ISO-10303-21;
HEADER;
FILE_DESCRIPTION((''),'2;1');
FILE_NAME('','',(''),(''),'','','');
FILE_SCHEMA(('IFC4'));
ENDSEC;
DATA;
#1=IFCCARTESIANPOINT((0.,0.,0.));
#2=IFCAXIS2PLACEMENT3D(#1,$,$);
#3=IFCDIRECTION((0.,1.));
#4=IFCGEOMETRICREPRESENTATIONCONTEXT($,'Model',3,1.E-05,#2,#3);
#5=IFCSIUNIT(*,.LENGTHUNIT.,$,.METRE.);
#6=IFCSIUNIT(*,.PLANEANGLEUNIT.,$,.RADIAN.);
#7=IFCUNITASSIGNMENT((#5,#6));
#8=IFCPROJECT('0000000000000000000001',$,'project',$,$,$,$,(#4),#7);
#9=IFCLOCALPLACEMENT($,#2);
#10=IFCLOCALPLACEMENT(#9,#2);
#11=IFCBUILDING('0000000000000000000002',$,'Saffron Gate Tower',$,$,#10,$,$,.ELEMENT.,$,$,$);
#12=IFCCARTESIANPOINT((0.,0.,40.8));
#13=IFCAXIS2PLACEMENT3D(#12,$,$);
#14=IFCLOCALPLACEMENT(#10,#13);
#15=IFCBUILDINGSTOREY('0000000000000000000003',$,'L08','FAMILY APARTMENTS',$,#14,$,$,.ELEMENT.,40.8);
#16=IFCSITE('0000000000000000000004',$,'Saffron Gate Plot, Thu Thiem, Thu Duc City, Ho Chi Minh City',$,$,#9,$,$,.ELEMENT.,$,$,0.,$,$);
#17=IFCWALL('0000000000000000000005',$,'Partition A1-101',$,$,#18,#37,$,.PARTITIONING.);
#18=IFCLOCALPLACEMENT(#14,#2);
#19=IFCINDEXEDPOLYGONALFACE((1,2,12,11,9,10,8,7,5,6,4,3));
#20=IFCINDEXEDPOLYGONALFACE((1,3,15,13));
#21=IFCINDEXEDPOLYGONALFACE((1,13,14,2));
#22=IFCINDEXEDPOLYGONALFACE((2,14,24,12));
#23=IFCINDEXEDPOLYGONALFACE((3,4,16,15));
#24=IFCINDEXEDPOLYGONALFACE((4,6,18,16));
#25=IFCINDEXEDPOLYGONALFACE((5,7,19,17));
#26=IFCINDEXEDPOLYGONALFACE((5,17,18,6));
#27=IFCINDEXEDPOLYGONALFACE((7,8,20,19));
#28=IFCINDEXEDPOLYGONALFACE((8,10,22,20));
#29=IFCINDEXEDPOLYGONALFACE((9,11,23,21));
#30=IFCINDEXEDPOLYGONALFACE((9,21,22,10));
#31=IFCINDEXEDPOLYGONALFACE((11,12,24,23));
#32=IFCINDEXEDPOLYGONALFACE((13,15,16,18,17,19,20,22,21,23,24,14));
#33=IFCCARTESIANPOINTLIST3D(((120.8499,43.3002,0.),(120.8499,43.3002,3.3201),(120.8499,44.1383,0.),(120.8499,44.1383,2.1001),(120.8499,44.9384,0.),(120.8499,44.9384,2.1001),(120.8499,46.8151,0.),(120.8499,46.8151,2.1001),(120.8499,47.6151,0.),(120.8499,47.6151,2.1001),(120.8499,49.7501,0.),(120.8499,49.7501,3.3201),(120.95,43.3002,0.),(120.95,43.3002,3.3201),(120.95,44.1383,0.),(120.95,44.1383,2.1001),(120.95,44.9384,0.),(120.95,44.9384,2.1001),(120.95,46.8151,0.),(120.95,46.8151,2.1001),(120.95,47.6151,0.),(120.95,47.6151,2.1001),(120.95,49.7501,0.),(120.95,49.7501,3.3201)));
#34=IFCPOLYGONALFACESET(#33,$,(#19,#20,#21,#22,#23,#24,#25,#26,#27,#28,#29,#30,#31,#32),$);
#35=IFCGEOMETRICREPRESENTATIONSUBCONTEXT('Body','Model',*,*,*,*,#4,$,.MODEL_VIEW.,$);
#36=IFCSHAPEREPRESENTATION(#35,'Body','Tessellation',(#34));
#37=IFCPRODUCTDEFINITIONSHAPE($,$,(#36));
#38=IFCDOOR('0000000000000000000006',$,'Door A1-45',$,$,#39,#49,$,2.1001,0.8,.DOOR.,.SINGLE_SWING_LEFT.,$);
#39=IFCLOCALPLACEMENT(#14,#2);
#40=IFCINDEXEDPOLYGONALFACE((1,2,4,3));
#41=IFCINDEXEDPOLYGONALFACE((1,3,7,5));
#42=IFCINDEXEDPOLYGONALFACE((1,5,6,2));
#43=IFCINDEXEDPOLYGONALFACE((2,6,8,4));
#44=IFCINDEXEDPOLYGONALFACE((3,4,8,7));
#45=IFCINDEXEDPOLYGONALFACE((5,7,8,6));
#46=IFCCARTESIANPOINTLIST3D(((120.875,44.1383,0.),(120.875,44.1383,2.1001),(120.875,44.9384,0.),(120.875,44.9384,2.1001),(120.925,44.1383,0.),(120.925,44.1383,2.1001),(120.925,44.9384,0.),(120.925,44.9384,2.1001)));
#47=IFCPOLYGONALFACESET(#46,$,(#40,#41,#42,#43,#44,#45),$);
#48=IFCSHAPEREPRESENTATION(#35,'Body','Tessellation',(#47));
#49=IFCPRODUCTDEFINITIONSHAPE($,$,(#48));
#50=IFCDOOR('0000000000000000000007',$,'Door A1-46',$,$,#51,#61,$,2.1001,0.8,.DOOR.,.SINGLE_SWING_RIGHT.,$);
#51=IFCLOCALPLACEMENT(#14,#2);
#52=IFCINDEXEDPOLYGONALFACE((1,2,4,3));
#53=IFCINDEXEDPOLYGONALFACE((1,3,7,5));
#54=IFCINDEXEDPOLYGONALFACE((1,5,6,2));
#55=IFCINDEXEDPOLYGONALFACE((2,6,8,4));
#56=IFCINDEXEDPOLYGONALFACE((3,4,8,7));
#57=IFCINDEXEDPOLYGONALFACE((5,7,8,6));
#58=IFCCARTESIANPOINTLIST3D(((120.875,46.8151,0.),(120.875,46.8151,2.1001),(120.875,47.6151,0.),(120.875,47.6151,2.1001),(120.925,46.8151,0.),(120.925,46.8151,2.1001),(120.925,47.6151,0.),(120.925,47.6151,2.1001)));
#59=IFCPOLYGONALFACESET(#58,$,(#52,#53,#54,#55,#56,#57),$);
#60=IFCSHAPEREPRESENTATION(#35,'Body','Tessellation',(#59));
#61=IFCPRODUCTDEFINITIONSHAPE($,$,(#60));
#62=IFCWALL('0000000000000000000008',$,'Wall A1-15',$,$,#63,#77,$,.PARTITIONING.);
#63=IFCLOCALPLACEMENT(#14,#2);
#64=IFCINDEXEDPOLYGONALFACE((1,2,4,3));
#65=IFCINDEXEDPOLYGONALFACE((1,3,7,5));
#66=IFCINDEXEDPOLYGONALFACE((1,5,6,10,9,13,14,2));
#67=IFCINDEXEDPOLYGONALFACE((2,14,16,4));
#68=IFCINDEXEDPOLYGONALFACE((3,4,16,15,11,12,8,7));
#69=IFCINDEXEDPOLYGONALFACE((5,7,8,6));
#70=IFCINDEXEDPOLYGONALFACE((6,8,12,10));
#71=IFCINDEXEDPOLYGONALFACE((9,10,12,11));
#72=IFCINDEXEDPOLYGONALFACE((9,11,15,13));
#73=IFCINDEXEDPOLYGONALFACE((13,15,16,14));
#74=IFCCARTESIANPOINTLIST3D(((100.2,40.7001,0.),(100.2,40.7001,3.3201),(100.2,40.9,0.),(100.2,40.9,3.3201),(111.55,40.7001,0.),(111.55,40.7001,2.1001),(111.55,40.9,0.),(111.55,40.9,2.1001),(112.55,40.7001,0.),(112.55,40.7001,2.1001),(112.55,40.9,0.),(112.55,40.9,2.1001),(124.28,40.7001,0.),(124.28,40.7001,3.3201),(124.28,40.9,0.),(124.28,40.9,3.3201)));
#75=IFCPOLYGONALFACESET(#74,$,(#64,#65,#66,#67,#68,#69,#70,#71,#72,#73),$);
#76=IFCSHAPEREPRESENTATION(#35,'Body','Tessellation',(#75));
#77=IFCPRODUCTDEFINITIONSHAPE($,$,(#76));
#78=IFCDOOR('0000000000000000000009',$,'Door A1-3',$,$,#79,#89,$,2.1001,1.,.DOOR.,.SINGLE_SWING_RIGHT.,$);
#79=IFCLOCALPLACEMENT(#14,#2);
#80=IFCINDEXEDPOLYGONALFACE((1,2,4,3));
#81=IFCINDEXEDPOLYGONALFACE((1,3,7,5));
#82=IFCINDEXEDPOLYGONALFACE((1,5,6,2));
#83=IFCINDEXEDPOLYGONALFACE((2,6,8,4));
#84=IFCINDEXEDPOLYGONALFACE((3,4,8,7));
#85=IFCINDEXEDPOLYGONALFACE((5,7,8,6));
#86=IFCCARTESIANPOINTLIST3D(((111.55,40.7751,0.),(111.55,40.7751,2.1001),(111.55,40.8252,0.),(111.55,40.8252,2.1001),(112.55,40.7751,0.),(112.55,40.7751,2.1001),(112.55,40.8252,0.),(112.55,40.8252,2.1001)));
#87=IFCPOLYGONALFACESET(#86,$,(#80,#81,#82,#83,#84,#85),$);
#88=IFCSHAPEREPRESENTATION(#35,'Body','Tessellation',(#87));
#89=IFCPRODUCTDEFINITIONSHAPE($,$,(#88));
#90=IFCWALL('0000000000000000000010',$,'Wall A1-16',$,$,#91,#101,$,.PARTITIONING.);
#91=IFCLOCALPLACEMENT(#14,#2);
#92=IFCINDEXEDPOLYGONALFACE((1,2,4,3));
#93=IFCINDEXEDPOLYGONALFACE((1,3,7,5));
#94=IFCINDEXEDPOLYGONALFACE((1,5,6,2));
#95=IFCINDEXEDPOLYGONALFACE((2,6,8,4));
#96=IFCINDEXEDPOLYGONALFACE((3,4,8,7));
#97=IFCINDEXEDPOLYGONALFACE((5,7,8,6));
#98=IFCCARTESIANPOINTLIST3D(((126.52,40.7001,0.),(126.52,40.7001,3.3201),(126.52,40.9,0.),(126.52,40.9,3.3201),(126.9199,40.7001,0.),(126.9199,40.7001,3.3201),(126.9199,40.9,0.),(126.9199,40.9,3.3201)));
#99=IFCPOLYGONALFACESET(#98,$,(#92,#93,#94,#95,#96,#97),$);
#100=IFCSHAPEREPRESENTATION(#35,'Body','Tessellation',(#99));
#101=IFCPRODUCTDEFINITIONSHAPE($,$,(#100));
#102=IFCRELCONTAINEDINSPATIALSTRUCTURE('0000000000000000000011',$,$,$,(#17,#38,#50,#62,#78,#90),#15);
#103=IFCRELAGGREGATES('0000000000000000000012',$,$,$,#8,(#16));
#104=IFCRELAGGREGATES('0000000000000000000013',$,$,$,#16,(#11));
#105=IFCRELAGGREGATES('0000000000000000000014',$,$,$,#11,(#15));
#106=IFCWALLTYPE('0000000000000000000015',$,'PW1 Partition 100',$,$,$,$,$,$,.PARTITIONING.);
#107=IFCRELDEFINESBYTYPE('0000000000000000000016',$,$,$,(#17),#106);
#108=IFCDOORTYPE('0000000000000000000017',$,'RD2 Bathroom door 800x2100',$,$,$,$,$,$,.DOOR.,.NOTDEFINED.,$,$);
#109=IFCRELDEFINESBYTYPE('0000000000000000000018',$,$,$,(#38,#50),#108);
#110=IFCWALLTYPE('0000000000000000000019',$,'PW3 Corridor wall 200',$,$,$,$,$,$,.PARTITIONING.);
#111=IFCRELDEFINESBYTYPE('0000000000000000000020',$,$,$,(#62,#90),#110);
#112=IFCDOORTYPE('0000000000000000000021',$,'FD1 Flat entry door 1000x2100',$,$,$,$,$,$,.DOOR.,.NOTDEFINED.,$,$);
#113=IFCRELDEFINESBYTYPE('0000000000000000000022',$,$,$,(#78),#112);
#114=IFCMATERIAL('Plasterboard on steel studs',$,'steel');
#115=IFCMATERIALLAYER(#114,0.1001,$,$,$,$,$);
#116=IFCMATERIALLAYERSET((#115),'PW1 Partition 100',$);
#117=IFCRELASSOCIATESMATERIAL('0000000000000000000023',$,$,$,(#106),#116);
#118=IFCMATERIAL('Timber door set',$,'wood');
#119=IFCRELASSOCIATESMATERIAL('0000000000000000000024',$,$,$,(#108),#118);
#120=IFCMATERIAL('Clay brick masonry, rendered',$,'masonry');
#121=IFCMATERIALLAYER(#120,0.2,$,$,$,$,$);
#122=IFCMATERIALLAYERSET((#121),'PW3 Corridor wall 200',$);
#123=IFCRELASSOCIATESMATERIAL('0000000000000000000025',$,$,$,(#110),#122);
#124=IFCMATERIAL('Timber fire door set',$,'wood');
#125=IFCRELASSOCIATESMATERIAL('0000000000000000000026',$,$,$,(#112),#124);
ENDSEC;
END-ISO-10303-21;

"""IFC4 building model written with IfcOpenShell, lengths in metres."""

from ifc_helpers import new_model, si_unit, direction, frame, frame_2d, origin, place, context, subcontext, project, spatial, rectangle, extrude, material, layer, layer_set, type_object, element, fill, save


model = new_model("IFC4")

# Units and contexts
model_context = context("Model", 3, precision=1e-05, world=origin(), true_north=direction((0.0, 1.0)))
body_context = subcontext(model_context, "Body", "Model", "MODEL_VIEW")
ifc_project = project(units=[si_unit("LENGTHUNIT", "METRE"), si_unit("PLANEANGLEUNIT", "RADIAN")], contexts=[model_context])

# Site, building, storey
site_placement = place(None, origin())
site = spatial("IfcSite", under=ifc_project, at=site_placement, Name="Saffron Gate Plot, Thu Thiem, Thu Duc City, Ho Chi Minh City", CompositionType="ELEMENT", RefElevation=0.0)
building_placement = place(site_placement, origin())
building = spatial("IfcBuilding", under=site, at=building_placement, Name="Saffron Gate Tower", CompositionType="ELEMENT")
storey_placement = place(building_placement, frame((0.0, 0.0, 40.8)))
storey = spatial("IfcBuildingStorey", under=building, at=storey_placement, Name="L08", Description="FAMILY APARTMENTS", CompositionType="ELEMENT", Elevation=40.8)

# Shared definitions
ifc_material_1 = material(Name="Plasterboard on steel studs", Category="steel")
ifc_layer_1 = layer(ifc_material_1, 0.1001)
ifc_layer_set_1 = layer_set([ifc_layer_1], Name="PW1 Partition 100")
wall_type_1 = type_object("IfcWallType", Name="PW1 Partition 100", PredefinedType="PARTITIONING", material=ifc_layer_set_1)
ifc_material_2 = material(Name="Timber door set", Category="wood")

# Wall, openings, doors
wall_1_placement = place(storey_placement, frame((120.8999, 43.3, 0.0), z_axis=(0.0, 0.0, 1.0), x_axis=(0.0, 1.0, 0.0)))
wall_1 = element("IfcWall", 1, at=wall_1_placement, inside=storey, type_object=wall_type_1, Name="Partition A1-101", PredefinedType="PARTITIONING", context=body_context, shape_type="SweptSolid", body=[
    extrude(rectangle(XDim=6.45, YDim=0.1001, at=frame_2d((3.2251, 0.0))), origin(), (0.0, 0.0, 1.0), 3.3201),
])
opening_1_placement = place(wall_1_placement, frame((0.8384, 0.0, 0.0)))
opening_1 = element("IfcOpeningElement", 2, at=opening_1_placement, cuts=wall_1, PredefinedType="OPENING", context=body_context, shape_type="SweptSolid", body=[
    extrude(rectangle(XDim=0.8, YDim=2.1001, at=frame_2d((0.3999, 1.05))), frame((0.0, 0.0601, 0.0), z_axis=(0.0, -1.0, 0.0), x_axis=(1.0, 0.0, 0.0)), (0.0, 0.0, 1.0), 0.1201),
])
opening_2_placement = place(wall_1_placement, frame((3.5151, 0.0, 0.0)))
opening_2 = element("IfcOpeningElement", 3, at=opening_2_placement, cuts=wall_1, PredefinedType="OPENING", context=body_context, shape_type="SweptSolid", body=[
    extrude(rectangle(XDim=0.8, YDim=2.1001, at=frame_2d((0.3999, 1.05))), frame((0.0, 0.0601, 0.0), z_axis=(0.0, -1.0, 0.0), x_axis=(1.0, 0.0, 0.0)), (0.0, 0.0, 1.0), 0.1201),
])
door_type_1 = type_object("IfcDoorType", Name="RD2 Bathroom door 800x2100", OperationType="NOTDEFINED", PredefinedType="DOOR", material=ifc_material_2)
door_1_placement = place(opening_1_placement, origin())
door_1 = element("IfcDoor", 4, at=door_1_placement, inside=storey, type_object=door_type_1, Name="Door A1-45", OperationType="SINGLE_SWING_LEFT", OverallHeight=2.1001, OverallWidth=0.8, PredefinedType="DOOR", context=body_context, shape_type="SweptSolid", body=[
    extrude(rectangle(XDim=0.8, YDim=2.1001, at=frame_2d((0.3999, 1.05))), frame((0.0, 0.0249, 0.0), z_axis=(0.0, -1.0, 0.0), x_axis=(1.0, 0.0, 0.0)), (0.0, 0.0, 1.0), 0.05),
])
fill(opening_1, door_1)
door_2_placement = place(opening_2_placement, origin())
door_2 = element("IfcDoor", 5, at=door_2_placement, inside=storey, type_object=door_type_1, Name="Door A1-46", OperationType="SINGLE_SWING_RIGHT", OverallHeight=2.1001, OverallWidth=0.8, PredefinedType="DOOR", context=body_context, shape_type="SweptSolid", body=[
    extrude(rectangle(XDim=0.8, YDim=2.1001, at=frame_2d((0.3999, 1.05))), frame((0.0, 0.0249, 0.0), z_axis=(0.0, -1.0, 0.0), x_axis=(1.0, 0.0, 0.0)), (0.0, 0.0, 1.0), 0.05),
])
fill(opening_2, door_2)

# Wall, opening, door
ifc_material_3 = material(Name="Clay brick masonry, rendered", Category="masonry")
ifc_layer_2 = layer(ifc_material_3, 0.2)
ifc_layer_set_2 = layer_set([ifc_layer_2], Name="PW3 Corridor wall 200")
wall_type_2 = type_object("IfcWallType", Name="PW3 Corridor wall 200", PredefinedType="PARTITIONING", material=ifc_layer_set_2)
wall_2_placement = place(storey_placement, frame((124.28, 40.8, 0.0), z_axis=(0.0, 0.0, 1.0), x_axis=(-1.0, 0.0, 0.0)))
wall_2 = element("IfcWall", 6, at=wall_2_placement, inside=storey, type_object=wall_type_2, Name="Wall A1-15", PredefinedType="PARTITIONING", context=body_context, shape_type="SweptSolid", body=[
    extrude(rectangle(XDim=24.0801, YDim=0.2, at=frame_2d((12.04, 0.0))), origin(), (0.0, 0.0, 1.0), 3.3201),
])
opening_3_placement = place(wall_2_placement, frame((11.73, 0.0, 0.0)))
opening_3 = element("IfcOpeningElement", 7, at=opening_3_placement, cuts=wall_2, PredefinedType="OPENING", context=body_context, shape_type="SweptSolid", body=[
    extrude(rectangle(XDim=1.0, YDim=2.1001, at=frame_2d((0.5, 1.05))), frame((0.0, 0.1099, 0.0), z_axis=(0.0, -1.0, 0.0), x_axis=(1.0, 0.0, 0.0)), (0.0, 0.0, 1.0), 0.22),
])
ifc_material_4 = material(Name="Timber fire door set", Category="wood")
door_type_2 = type_object("IfcDoorType", Name="FD1 Flat entry door 1000x2100", OperationType="NOTDEFINED", PredefinedType="DOOR", material=ifc_material_4)
door_3_placement = place(opening_3_placement, origin())
door_3 = element("IfcDoor", 8, at=door_3_placement, inside=storey, type_object=door_type_2, Name="Door A1-3", OperationType="SINGLE_SWING_RIGHT", OverallHeight=2.1001, OverallWidth=1.0, PredefinedType="DOOR", context=body_context, shape_type="SweptSolid", body=[
    extrude(rectangle(XDim=1.0, YDim=2.1001, at=frame_2d((0.5, 1.05))), frame((0.0, 0.0249, 0.0), z_axis=(0.0, -1.0, 0.0), x_axis=(1.0, 0.0, 0.0)), (0.0, 0.0, 1.0), 0.05),
])
fill(opening_3, door_3)

# Wall
wall_3_placement = place(storey_placement, frame((126.52, 40.8, 0.0), z_axis=(0.0, 0.0, 1.0), x_axis=(1.0, 0.0, 0.0)))
element("IfcWall", 9, at=wall_3_placement, inside=storey, type_object=wall_type_2, Name="Wall A1-16", PredefinedType="PARTITIONING", context=body_context, shape_type="SweptSolid", body=[
    extrude(rectangle(XDim=0.3999, YDim=0.2, at=frame_2d((0.2, 0.0))), origin(), (0.0, 0.0, 1.0), 3.3201),
])

save(model, "model.ifc")
